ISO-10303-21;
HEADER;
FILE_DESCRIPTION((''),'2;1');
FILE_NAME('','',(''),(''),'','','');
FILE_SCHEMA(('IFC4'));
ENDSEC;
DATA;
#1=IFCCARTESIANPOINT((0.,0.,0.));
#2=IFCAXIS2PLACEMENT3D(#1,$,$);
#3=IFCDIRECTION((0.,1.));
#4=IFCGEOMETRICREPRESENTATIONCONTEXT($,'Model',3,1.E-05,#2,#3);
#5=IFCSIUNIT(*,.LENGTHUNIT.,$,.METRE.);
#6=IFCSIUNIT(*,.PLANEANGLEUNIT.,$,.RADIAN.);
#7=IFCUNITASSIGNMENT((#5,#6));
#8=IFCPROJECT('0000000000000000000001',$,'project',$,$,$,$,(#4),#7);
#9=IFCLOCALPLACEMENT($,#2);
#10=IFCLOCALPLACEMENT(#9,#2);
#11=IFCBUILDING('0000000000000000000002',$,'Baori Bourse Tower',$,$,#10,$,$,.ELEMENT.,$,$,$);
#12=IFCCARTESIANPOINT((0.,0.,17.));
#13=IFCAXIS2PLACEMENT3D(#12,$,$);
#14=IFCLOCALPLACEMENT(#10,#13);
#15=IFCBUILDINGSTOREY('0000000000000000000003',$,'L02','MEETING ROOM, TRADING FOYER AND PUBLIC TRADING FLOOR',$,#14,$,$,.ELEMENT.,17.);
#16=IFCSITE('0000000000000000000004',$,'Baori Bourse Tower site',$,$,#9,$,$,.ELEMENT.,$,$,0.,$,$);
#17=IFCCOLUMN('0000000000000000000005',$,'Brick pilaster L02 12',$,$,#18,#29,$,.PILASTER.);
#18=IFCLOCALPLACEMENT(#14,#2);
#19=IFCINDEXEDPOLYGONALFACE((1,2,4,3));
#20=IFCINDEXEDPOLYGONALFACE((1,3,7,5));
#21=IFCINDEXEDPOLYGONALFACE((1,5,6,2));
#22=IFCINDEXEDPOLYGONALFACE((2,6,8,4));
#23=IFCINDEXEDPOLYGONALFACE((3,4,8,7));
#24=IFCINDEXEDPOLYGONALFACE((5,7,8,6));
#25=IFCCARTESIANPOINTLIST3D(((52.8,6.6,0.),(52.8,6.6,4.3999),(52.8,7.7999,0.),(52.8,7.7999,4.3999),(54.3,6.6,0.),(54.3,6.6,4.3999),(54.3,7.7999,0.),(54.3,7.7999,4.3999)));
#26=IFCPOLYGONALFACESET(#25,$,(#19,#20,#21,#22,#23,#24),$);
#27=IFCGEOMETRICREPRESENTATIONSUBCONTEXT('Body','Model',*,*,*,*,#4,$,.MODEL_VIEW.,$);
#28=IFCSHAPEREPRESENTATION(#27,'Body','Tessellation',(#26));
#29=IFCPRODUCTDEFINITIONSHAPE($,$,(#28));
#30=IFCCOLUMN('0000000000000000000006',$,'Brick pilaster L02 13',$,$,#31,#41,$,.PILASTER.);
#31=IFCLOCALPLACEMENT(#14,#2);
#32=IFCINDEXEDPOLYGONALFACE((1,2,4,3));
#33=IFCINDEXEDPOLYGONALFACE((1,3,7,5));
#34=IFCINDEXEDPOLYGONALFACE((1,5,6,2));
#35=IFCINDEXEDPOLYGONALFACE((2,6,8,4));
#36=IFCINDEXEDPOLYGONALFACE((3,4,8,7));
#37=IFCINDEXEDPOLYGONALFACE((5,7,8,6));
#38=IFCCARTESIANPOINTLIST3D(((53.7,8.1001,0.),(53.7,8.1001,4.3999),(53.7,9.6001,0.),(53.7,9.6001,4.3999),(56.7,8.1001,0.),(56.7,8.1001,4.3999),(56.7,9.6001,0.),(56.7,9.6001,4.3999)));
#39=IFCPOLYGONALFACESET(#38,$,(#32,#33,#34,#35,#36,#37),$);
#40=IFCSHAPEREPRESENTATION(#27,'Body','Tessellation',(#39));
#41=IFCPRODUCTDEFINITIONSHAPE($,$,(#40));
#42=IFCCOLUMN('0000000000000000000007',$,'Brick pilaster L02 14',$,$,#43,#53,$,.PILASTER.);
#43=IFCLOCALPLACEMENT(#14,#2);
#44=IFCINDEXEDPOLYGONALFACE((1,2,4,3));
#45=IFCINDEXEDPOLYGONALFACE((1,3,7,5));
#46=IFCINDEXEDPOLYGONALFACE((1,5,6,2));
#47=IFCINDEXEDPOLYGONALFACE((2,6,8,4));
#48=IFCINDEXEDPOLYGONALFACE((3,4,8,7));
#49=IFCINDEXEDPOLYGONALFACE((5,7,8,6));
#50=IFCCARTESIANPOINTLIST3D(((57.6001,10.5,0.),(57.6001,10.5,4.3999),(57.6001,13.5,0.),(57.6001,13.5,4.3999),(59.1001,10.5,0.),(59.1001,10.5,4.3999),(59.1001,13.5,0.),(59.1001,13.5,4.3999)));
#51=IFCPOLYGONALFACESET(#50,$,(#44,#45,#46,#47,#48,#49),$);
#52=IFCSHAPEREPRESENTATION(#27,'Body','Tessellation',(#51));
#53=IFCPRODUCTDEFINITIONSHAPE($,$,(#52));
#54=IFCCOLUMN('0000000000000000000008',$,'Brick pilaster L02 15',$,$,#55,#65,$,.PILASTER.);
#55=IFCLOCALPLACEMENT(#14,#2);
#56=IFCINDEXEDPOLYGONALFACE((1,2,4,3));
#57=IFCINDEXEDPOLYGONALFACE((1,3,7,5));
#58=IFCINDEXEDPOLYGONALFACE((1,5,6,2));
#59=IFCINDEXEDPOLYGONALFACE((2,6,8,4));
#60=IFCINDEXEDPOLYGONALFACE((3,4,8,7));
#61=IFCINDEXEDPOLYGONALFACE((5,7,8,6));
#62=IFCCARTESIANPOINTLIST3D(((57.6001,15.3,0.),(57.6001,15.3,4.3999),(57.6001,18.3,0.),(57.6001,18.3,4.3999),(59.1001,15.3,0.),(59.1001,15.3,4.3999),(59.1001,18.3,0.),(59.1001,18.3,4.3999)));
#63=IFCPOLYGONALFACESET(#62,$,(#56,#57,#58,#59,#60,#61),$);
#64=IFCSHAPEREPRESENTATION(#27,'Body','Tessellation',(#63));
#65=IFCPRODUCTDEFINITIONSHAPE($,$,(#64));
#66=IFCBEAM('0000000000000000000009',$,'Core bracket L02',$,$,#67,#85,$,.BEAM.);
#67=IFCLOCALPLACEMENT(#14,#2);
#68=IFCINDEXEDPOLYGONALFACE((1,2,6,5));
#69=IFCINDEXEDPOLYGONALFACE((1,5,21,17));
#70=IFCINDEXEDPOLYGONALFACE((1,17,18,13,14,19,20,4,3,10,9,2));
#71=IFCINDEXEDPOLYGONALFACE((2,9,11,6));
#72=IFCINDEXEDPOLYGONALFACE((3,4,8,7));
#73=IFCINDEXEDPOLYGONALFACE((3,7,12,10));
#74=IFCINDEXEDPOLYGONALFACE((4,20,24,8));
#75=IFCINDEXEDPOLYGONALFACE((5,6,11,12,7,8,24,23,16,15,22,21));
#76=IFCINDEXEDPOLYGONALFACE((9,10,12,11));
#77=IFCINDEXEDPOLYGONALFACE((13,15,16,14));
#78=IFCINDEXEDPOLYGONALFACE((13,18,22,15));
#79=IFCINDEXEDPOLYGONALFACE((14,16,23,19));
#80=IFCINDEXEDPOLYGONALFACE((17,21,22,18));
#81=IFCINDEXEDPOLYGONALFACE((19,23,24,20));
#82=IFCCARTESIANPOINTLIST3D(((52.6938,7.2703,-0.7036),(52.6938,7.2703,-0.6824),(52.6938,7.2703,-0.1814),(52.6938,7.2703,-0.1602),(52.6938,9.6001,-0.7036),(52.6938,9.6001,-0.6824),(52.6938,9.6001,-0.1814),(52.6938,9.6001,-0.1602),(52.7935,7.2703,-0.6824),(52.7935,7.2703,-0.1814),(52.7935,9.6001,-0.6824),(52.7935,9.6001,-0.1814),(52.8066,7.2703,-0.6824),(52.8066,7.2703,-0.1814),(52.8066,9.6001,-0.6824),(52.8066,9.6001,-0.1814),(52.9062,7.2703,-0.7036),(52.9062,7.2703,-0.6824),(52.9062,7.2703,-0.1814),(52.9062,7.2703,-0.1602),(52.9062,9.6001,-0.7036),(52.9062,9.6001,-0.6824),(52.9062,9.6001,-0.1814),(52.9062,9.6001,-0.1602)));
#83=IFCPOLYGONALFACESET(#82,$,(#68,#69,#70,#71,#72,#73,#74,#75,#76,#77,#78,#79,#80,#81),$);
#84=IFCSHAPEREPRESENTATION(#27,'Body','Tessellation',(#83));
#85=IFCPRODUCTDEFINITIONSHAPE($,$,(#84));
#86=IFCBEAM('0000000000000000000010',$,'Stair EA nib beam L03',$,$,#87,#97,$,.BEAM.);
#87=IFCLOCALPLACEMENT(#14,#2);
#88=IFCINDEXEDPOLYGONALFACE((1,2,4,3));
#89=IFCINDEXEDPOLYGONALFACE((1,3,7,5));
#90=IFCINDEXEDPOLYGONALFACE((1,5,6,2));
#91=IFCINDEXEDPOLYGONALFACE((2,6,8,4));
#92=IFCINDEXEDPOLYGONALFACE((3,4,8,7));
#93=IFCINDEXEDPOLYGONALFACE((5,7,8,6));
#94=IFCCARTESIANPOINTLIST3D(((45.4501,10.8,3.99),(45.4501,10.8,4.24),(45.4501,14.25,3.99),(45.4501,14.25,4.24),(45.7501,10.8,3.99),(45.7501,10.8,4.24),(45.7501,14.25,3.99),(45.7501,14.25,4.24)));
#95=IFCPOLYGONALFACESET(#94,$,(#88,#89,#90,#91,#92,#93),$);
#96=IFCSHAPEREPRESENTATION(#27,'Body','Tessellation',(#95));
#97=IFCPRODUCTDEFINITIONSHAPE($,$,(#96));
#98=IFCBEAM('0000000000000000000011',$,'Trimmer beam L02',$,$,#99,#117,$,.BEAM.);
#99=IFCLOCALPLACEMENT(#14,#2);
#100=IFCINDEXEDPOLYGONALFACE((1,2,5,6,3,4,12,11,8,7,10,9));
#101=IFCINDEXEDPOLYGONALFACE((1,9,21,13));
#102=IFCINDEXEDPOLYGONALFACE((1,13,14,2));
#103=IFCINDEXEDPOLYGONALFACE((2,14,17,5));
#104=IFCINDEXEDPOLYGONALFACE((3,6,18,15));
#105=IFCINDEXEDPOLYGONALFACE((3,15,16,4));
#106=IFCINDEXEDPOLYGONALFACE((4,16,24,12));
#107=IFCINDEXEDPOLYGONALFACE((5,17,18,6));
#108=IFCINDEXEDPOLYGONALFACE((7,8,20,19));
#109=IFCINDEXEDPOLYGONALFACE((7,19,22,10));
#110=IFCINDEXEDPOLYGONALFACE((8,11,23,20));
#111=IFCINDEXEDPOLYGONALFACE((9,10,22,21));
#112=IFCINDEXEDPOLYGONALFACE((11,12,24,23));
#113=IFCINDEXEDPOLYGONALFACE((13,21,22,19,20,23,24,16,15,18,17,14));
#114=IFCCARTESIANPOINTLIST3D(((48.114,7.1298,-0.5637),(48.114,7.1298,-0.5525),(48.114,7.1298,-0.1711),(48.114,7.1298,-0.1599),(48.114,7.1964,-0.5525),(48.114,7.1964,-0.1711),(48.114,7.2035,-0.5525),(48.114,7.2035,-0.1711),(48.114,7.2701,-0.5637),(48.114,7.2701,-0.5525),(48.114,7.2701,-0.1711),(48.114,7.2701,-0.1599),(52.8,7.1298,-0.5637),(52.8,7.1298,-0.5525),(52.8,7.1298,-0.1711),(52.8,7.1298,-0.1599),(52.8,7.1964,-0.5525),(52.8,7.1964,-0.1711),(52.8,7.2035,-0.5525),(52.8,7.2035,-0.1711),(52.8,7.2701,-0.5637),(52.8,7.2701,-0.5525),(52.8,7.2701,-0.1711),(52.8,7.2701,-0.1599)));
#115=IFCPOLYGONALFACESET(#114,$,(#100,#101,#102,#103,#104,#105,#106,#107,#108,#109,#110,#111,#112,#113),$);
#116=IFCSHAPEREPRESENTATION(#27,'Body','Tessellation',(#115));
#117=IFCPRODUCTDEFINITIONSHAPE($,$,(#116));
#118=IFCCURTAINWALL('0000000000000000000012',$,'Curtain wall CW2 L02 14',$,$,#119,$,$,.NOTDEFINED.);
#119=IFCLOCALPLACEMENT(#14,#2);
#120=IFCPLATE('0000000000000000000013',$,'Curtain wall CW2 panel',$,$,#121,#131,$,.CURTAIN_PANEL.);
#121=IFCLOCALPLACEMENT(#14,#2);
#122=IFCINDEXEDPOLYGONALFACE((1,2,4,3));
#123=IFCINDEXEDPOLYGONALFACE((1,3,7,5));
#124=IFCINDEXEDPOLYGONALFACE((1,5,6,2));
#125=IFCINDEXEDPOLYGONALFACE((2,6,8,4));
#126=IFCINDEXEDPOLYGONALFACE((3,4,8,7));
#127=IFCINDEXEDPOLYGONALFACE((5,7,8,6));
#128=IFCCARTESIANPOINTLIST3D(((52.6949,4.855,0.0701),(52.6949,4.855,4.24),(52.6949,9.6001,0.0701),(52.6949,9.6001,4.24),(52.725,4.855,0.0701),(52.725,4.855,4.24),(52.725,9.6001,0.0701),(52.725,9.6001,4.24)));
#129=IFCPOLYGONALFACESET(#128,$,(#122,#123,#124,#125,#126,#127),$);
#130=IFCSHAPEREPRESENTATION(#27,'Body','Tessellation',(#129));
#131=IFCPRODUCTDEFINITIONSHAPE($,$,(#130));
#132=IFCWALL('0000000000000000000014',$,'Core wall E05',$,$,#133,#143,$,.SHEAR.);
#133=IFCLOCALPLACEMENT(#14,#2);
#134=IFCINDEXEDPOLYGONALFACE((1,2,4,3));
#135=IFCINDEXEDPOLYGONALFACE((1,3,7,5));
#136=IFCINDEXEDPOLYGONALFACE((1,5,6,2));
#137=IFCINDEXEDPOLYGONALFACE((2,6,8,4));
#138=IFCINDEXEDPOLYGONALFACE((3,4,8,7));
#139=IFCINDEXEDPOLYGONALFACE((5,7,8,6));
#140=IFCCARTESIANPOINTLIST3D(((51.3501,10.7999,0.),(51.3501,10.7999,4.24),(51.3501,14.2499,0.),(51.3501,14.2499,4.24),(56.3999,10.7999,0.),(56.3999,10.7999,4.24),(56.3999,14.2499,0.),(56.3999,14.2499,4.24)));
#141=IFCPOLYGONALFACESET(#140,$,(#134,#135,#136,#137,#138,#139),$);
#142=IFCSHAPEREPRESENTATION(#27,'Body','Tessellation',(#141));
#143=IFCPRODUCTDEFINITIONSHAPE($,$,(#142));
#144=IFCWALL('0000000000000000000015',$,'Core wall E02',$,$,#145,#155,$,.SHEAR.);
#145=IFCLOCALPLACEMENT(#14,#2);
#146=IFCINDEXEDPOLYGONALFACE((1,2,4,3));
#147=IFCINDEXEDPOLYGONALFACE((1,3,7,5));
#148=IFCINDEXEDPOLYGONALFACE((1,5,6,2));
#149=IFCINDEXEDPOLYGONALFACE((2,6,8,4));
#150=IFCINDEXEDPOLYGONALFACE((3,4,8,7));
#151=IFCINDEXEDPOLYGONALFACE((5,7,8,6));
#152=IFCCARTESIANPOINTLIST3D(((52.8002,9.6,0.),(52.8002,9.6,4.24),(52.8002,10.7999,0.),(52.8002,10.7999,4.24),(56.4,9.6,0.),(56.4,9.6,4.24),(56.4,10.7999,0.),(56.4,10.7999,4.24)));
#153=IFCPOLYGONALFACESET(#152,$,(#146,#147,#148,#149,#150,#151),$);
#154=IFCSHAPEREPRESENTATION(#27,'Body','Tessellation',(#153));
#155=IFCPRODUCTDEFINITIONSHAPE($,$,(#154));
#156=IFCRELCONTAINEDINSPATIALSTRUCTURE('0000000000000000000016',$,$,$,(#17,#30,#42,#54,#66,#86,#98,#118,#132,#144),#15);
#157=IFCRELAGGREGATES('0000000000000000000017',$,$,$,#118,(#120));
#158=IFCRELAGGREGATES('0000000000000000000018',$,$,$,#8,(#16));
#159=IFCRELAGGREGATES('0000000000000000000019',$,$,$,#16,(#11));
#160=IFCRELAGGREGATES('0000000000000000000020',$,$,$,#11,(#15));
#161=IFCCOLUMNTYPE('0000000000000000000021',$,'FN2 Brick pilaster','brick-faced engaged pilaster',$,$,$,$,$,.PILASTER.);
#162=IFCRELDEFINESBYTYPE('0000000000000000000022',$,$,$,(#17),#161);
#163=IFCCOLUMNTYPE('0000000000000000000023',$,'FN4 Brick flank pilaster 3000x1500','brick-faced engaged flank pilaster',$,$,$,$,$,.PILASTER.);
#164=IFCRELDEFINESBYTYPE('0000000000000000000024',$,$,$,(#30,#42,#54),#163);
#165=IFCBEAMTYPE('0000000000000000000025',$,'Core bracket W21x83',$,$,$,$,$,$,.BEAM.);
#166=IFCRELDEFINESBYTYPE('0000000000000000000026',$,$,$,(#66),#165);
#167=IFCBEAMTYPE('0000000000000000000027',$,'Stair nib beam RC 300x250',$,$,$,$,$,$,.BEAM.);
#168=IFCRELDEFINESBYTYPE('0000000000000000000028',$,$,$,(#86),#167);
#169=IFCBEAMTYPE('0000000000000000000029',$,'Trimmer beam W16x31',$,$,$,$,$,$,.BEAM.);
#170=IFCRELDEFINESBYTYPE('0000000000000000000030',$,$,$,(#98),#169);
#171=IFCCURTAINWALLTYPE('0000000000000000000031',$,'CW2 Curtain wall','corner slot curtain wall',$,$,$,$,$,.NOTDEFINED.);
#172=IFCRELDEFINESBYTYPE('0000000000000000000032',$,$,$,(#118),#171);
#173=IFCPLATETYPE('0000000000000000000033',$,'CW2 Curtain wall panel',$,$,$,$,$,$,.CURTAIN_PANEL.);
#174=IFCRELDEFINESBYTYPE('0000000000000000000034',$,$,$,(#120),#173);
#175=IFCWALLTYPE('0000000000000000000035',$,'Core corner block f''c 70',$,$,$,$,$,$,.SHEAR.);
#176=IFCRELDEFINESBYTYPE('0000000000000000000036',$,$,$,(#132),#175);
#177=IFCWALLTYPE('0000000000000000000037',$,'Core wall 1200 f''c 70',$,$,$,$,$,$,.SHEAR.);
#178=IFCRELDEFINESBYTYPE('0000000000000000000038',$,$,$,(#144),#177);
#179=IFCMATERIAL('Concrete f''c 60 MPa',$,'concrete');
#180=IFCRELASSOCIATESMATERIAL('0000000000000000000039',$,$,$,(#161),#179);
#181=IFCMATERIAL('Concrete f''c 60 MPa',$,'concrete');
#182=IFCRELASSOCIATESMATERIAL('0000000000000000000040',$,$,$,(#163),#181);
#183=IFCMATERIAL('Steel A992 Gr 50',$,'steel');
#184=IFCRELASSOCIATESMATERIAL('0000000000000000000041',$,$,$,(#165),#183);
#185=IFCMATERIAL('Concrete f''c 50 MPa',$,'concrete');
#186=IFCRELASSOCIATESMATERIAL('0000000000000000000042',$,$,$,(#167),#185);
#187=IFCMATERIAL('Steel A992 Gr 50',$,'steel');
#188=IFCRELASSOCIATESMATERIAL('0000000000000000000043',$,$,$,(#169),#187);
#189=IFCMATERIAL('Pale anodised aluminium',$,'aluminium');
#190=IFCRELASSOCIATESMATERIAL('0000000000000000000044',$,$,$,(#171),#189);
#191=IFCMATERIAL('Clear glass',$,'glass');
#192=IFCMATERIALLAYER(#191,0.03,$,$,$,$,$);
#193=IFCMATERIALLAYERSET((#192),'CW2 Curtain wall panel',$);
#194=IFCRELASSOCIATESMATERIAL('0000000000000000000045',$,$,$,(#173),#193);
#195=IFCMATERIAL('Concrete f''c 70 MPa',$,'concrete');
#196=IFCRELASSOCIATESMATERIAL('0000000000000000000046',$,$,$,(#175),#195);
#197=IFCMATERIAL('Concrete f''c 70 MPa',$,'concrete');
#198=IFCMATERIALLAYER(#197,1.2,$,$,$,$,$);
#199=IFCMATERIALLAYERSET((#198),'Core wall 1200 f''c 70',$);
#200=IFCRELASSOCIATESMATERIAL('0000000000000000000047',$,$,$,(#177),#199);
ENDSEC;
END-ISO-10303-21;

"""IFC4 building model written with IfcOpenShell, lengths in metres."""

from ifc_helpers import new_model, si_unit, direction, frame, frame_2d, origin, origin_2d, place, context, subcontext, project, spatial, rectangle, i_section, extrude, material, layer, layer_set, material_profile, profile_set, type_object, element, aggregate, save


model = new_model("IFC4")

# Units and contexts
model_context = context("Model", 3, precision=1e-05, world=origin(), true_north=direction((0.0, 1.0)))
body_context = subcontext(model_context, "Body", "Model", "MODEL_VIEW")
ifc_project = project(units=[si_unit("LENGTHUNIT", "METRE"), si_unit("PLANEANGLEUNIT", "RADIAN")], contexts=[model_context])

# Site, building, storey
site_placement = place(None, origin())
site = spatial("IfcSite", under=ifc_project, at=site_placement, Name="Baori Bourse Tower site", CompositionType="ELEMENT", RefElevation=0.0)
building_placement = place(site_placement, origin())
building = spatial("IfcBuilding", under=site, at=building_placement, Name="Baori Bourse Tower", CompositionType="ELEMENT")
storey_placement = place(building_placement, frame((0.0, 0.0, 17.0)))
storey = spatial("IfcBuildingStorey", under=building, at=storey_placement, Name="L02", Description="MEETING ROOM, TRADING FOYER AND PUBLIC TRADING FLOOR", CompositionType="ELEMENT", Elevation=17.0)

# Columns
ifc_material_1 = material(Name="Concrete f'c 60 MPa", Category="concrete")
ifc_material_profile_1 = material_profile(ifc_material_1, rectangle(XDim=1.2, YDim=1.5, at=origin_2d()), Name="RC 1200x1500")
ifc_profile_set_1 = profile_set([ifc_material_profile_1], Name="Concrete f'c 60 MPa")
column_type_1 = type_object("IfcColumnType", Name="FN2 Brick pilaster", Description="brick-faced engaged pilaster", PredefinedType="PILASTER", material=ifc_profile_set_1)
column_placement = place(storey_placement, frame((53.55, 7.2, 0.0), z_axis=(0.0, 0.0, 1.0), x_axis=(0.0, 1.0, 0.0)))
element("IfcColumn", 1, at=column_placement, inside=storey, type_object=column_type_1, Name="Brick pilaster L02 12", PredefinedType="PILASTER", context=body_context, shape_type="SweptSolid", body=[
    extrude(rectangle(XDim=1.2, YDim=1.5, at=origin_2d()), origin(), (0.0, 0.0, 1.0), 4.3999),
])
ifc_material_2 = material(Name="Concrete f'c 60 MPa", Category="concrete")
ifc_material_profile_2 = material_profile(ifc_material_2, rectangle(XDim=3.0, YDim=1.5, at=origin_2d()), Name="RC 3000x1500")
ifc_profile_set_2 = profile_set([ifc_material_profile_2], Name="Concrete f'c 60 MPa")
column_type_2 = type_object("IfcColumnType", Name="FN4 Brick flank pilaster 3000x1500", Description="brick-faced engaged flank pilaster", PredefinedType="PILASTER", material=ifc_profile_set_2)
for number, where, z_axis, x_axis, name in (
    (2, (55.2, 8.8501, 0.0), (0.0, 0.0, 1.0), (1.0, 0.0, 0.0), "Brick pilaster L02 13"),
    (3, (58.3501, 12.0, 0.0), (0.0, 0.0, 1.0), (0.0, 1.0, 0.0), "Brick pilaster L02 14"),
    (4, (58.3501, 16.8, 0.0), (0.0, 0.0, 1.0), (0.0, 1.0, 0.0), "Brick pilaster L02 15"),
):
    element("IfcColumn", number, at=place(storey_placement, frame(where, z_axis=z_axis, x_axis=x_axis)), inside=storey, type_object=column_type_2, Name=name, PredefinedType="PILASTER", context=body_context, shape_type="SweptSolid", body=[
        extrude(rectangle(XDim=3.0, YDim=1.5, at=origin_2d()), origin(), (0.0, 0.0, 1.0), 4.3999),
    ])

# Beams
ifc_material_3 = material(Name="Steel A992 Gr 50", Category="steel")
ifc_material_profile_3 = material_profile(ifc_material_3, i_section(OverallWidth=0.2124, OverallDepth=0.5435, WebThickness=0.0132, FlangeThickness=0.0212, at=origin_2d()), Name="W21x83")
ifc_profile_set_3 = profile_set([ifc_material_profile_3], Name="Steel A992 Gr 50")
beam_type_1 = type_object("IfcBeamType", Name="Core bracket W21x83", PredefinedType="BEAM", material=ifc_profile_set_3)
beam_1_placement = place(storey_placement, frame((52.8, 7.2703, -0.4319), z_axis=(0.0, 1.0, 0.0), x_axis=(-1.0, 0.0, 0.0)))
element("IfcBeam", 5, at=beam_1_placement, inside=storey, type_object=beam_type_1, Name="Core bracket L02", PredefinedType="BEAM", context=body_context, shape_type="SweptSolid", body=[
    extrude(i_section(OverallWidth=0.2124, OverallDepth=0.5435, WebThickness=0.0132, FlangeThickness=0.0212, at=origin_2d()), origin(), (0.0, 0.0, 1.0), 2.3298),
])
ifc_material_4 = material(Name="Concrete f'c 50 MPa", Category="concrete")
ifc_material_profile_4 = material_profile(ifc_material_4, rectangle(XDim=0.3, YDim=0.25, at=origin_2d()), Name="RC 300x250")
ifc_profile_set_4 = profile_set([ifc_material_profile_4], Name="Concrete f'c 50 MPa")
beam_type_2 = type_object("IfcBeamType", Name="Stair nib beam RC 300x250", PredefinedType="BEAM", material=ifc_profile_set_4)
beam_2_placement = place(storey_placement, frame((45.6001, 10.8, 4.115), z_axis=(0.0, 1.0, 0.0), x_axis=(-1.0, 0.0, 0.0)))
element("IfcBeam", 6, at=beam_2_placement, inside=storey, type_object=beam_type_2, Name="Stair EA nib beam L03", PredefinedType="BEAM", context=body_context, shape_type="SweptSolid", body=[
    extrude(rectangle(XDim=0.3, YDim=0.25, at=origin_2d()), origin(), (0.0, 0.0, 1.0), 3.45),
])
ifc_material_5 = material(Name="Steel A992 Gr 50", Category="steel")
ifc_material_profile_5 = material_profile(ifc_material_5, i_section(OverallWidth=0.1404, OverallDepth=0.4038, WebThickness=0.0071, FlangeThickness=0.0112, at=origin_2d()), Name="W16x31")
ifc_profile_set_5 = profile_set([ifc_material_profile_5], Name="Steel A992 Gr 50")
beam_type_3 = type_object("IfcBeamType", Name="Trimmer beam W16x31", PredefinedType="BEAM", material=ifc_profile_set_5)
beam_3_placement = place(storey_placement, frame((48.114, 7.2, -0.3618), z_axis=(1.0, 0.0, 0.0), x_axis=(0.0, 1.0, 0.0)))
element("IfcBeam", 7, at=beam_3_placement, inside=storey, type_object=beam_type_3, Name="Trimmer beam L02", PredefinedType="BEAM", context=body_context, shape_type="SweptSolid", body=[
    extrude(i_section(OverallWidth=0.1404, OverallDepth=0.4038, WebThickness=0.0071, FlangeThickness=0.0112, at=origin_2d()), origin(), (0.0, 0.0, 1.0), 4.686),
])

# Curtain wall, plate
ifc_material_6 = material(Name="Pale anodised aluminium", Category="aluminium")
curtain_wall_type = type_object("IfcCurtainWallType", Name="CW2 Curtain wall", Description="corner slot curtain wall", PredefinedType="NOTDEFINED", material=ifc_material_6)
curtain_wall_placement = place(storey_placement, origin())
curtain_wall = element("IfcCurtainWall", 8, at=curtain_wall_placement, inside=storey, type_object=curtain_wall_type, Name="Curtain wall CW2 L02 14", PredefinedType="NOTDEFINED")
ifc_material_7 = material(Name="Clear glass", Category="glass")
ifc_layer_1 = layer(ifc_material_7, 0.03)
ifc_layer_set_1 = layer_set([ifc_layer_1], Name="CW2 Curtain wall panel")
plate_type = type_object("IfcPlateType", Name="CW2 Curtain wall panel", PredefinedType="CURTAIN_PANEL", material=ifc_layer_set_1)
plate_placement = place(storey_placement, frame((52.71, 7.2275, 0.0701), z_axis=(0.0, 0.0, 1.0), x_axis=(0.0, 1.0, 0.0)))
plate = element("IfcPlate", 9, at=plate_placement, type_object=plate_type, Name="Curtain wall CW2 panel", PredefinedType="CURTAIN_PANEL", context=body_context, shape_type="SweptSolid", body=[
    extrude(rectangle(XDim=4.7451, YDim=0.03, at=origin_2d()), origin(), (0.0, 0.0, 1.0), 4.1699),
])
aggregate(curtain_wall, [plate])

# Walls
ifc_material_8 = material(Name="Concrete f'c 70 MPa", Category="concrete")
wall_type_1 = type_object("IfcWallType", Name="Core corner block f'c 70", PredefinedType="SHEAR", material=ifc_material_8)
wall_1_placement = place(storey_placement, frame((51.3501, 12.5249, 0.0), z_axis=(0.0, 0.0, 1.0), x_axis=(1.0, 0.0, 0.0)))
element("IfcWall", 10, at=wall_1_placement, inside=storey, type_object=wall_type_1, Name="Core wall E05", PredefinedType="SHEAR", context=body_context, shape_type="SweptSolid", body=[
    extrude(rectangle(XDim=5.0498, YDim=3.45, at=frame_2d((2.5249, 0.0))), origin(), (0.0, 0.0, 1.0), 4.24),
])
ifc_material_9 = material(Name="Concrete f'c 70 MPa", Category="concrete")
ifc_layer_2 = layer(ifc_material_9, 1.2)
ifc_layer_set_2 = layer_set([ifc_layer_2], Name="Core wall 1200 f'c 70")
wall_type_2 = type_object("IfcWallType", Name="Core wall 1200 f'c 70", PredefinedType="SHEAR", material=ifc_layer_set_2)
wall_2_placement = place(storey_placement, frame((56.3999, 10.2, 0.0), z_axis=(0.0, 0.0, 1.0), x_axis=(-1.0, 0.0, 0.0)))
element("IfcWall", 11, at=wall_2_placement, inside=storey, type_object=wall_type_2, Name="Core wall E02", PredefinedType="SHEAR", context=body_context, shape_type="SweptSolid", body=[
    extrude(rectangle(XDim=3.5999, YDim=1.2, at=frame_2d((1.7998, 0.0))), origin(), (0.0, 0.0, 1.0), 4.24),
])

save(model, "model.ifc")
